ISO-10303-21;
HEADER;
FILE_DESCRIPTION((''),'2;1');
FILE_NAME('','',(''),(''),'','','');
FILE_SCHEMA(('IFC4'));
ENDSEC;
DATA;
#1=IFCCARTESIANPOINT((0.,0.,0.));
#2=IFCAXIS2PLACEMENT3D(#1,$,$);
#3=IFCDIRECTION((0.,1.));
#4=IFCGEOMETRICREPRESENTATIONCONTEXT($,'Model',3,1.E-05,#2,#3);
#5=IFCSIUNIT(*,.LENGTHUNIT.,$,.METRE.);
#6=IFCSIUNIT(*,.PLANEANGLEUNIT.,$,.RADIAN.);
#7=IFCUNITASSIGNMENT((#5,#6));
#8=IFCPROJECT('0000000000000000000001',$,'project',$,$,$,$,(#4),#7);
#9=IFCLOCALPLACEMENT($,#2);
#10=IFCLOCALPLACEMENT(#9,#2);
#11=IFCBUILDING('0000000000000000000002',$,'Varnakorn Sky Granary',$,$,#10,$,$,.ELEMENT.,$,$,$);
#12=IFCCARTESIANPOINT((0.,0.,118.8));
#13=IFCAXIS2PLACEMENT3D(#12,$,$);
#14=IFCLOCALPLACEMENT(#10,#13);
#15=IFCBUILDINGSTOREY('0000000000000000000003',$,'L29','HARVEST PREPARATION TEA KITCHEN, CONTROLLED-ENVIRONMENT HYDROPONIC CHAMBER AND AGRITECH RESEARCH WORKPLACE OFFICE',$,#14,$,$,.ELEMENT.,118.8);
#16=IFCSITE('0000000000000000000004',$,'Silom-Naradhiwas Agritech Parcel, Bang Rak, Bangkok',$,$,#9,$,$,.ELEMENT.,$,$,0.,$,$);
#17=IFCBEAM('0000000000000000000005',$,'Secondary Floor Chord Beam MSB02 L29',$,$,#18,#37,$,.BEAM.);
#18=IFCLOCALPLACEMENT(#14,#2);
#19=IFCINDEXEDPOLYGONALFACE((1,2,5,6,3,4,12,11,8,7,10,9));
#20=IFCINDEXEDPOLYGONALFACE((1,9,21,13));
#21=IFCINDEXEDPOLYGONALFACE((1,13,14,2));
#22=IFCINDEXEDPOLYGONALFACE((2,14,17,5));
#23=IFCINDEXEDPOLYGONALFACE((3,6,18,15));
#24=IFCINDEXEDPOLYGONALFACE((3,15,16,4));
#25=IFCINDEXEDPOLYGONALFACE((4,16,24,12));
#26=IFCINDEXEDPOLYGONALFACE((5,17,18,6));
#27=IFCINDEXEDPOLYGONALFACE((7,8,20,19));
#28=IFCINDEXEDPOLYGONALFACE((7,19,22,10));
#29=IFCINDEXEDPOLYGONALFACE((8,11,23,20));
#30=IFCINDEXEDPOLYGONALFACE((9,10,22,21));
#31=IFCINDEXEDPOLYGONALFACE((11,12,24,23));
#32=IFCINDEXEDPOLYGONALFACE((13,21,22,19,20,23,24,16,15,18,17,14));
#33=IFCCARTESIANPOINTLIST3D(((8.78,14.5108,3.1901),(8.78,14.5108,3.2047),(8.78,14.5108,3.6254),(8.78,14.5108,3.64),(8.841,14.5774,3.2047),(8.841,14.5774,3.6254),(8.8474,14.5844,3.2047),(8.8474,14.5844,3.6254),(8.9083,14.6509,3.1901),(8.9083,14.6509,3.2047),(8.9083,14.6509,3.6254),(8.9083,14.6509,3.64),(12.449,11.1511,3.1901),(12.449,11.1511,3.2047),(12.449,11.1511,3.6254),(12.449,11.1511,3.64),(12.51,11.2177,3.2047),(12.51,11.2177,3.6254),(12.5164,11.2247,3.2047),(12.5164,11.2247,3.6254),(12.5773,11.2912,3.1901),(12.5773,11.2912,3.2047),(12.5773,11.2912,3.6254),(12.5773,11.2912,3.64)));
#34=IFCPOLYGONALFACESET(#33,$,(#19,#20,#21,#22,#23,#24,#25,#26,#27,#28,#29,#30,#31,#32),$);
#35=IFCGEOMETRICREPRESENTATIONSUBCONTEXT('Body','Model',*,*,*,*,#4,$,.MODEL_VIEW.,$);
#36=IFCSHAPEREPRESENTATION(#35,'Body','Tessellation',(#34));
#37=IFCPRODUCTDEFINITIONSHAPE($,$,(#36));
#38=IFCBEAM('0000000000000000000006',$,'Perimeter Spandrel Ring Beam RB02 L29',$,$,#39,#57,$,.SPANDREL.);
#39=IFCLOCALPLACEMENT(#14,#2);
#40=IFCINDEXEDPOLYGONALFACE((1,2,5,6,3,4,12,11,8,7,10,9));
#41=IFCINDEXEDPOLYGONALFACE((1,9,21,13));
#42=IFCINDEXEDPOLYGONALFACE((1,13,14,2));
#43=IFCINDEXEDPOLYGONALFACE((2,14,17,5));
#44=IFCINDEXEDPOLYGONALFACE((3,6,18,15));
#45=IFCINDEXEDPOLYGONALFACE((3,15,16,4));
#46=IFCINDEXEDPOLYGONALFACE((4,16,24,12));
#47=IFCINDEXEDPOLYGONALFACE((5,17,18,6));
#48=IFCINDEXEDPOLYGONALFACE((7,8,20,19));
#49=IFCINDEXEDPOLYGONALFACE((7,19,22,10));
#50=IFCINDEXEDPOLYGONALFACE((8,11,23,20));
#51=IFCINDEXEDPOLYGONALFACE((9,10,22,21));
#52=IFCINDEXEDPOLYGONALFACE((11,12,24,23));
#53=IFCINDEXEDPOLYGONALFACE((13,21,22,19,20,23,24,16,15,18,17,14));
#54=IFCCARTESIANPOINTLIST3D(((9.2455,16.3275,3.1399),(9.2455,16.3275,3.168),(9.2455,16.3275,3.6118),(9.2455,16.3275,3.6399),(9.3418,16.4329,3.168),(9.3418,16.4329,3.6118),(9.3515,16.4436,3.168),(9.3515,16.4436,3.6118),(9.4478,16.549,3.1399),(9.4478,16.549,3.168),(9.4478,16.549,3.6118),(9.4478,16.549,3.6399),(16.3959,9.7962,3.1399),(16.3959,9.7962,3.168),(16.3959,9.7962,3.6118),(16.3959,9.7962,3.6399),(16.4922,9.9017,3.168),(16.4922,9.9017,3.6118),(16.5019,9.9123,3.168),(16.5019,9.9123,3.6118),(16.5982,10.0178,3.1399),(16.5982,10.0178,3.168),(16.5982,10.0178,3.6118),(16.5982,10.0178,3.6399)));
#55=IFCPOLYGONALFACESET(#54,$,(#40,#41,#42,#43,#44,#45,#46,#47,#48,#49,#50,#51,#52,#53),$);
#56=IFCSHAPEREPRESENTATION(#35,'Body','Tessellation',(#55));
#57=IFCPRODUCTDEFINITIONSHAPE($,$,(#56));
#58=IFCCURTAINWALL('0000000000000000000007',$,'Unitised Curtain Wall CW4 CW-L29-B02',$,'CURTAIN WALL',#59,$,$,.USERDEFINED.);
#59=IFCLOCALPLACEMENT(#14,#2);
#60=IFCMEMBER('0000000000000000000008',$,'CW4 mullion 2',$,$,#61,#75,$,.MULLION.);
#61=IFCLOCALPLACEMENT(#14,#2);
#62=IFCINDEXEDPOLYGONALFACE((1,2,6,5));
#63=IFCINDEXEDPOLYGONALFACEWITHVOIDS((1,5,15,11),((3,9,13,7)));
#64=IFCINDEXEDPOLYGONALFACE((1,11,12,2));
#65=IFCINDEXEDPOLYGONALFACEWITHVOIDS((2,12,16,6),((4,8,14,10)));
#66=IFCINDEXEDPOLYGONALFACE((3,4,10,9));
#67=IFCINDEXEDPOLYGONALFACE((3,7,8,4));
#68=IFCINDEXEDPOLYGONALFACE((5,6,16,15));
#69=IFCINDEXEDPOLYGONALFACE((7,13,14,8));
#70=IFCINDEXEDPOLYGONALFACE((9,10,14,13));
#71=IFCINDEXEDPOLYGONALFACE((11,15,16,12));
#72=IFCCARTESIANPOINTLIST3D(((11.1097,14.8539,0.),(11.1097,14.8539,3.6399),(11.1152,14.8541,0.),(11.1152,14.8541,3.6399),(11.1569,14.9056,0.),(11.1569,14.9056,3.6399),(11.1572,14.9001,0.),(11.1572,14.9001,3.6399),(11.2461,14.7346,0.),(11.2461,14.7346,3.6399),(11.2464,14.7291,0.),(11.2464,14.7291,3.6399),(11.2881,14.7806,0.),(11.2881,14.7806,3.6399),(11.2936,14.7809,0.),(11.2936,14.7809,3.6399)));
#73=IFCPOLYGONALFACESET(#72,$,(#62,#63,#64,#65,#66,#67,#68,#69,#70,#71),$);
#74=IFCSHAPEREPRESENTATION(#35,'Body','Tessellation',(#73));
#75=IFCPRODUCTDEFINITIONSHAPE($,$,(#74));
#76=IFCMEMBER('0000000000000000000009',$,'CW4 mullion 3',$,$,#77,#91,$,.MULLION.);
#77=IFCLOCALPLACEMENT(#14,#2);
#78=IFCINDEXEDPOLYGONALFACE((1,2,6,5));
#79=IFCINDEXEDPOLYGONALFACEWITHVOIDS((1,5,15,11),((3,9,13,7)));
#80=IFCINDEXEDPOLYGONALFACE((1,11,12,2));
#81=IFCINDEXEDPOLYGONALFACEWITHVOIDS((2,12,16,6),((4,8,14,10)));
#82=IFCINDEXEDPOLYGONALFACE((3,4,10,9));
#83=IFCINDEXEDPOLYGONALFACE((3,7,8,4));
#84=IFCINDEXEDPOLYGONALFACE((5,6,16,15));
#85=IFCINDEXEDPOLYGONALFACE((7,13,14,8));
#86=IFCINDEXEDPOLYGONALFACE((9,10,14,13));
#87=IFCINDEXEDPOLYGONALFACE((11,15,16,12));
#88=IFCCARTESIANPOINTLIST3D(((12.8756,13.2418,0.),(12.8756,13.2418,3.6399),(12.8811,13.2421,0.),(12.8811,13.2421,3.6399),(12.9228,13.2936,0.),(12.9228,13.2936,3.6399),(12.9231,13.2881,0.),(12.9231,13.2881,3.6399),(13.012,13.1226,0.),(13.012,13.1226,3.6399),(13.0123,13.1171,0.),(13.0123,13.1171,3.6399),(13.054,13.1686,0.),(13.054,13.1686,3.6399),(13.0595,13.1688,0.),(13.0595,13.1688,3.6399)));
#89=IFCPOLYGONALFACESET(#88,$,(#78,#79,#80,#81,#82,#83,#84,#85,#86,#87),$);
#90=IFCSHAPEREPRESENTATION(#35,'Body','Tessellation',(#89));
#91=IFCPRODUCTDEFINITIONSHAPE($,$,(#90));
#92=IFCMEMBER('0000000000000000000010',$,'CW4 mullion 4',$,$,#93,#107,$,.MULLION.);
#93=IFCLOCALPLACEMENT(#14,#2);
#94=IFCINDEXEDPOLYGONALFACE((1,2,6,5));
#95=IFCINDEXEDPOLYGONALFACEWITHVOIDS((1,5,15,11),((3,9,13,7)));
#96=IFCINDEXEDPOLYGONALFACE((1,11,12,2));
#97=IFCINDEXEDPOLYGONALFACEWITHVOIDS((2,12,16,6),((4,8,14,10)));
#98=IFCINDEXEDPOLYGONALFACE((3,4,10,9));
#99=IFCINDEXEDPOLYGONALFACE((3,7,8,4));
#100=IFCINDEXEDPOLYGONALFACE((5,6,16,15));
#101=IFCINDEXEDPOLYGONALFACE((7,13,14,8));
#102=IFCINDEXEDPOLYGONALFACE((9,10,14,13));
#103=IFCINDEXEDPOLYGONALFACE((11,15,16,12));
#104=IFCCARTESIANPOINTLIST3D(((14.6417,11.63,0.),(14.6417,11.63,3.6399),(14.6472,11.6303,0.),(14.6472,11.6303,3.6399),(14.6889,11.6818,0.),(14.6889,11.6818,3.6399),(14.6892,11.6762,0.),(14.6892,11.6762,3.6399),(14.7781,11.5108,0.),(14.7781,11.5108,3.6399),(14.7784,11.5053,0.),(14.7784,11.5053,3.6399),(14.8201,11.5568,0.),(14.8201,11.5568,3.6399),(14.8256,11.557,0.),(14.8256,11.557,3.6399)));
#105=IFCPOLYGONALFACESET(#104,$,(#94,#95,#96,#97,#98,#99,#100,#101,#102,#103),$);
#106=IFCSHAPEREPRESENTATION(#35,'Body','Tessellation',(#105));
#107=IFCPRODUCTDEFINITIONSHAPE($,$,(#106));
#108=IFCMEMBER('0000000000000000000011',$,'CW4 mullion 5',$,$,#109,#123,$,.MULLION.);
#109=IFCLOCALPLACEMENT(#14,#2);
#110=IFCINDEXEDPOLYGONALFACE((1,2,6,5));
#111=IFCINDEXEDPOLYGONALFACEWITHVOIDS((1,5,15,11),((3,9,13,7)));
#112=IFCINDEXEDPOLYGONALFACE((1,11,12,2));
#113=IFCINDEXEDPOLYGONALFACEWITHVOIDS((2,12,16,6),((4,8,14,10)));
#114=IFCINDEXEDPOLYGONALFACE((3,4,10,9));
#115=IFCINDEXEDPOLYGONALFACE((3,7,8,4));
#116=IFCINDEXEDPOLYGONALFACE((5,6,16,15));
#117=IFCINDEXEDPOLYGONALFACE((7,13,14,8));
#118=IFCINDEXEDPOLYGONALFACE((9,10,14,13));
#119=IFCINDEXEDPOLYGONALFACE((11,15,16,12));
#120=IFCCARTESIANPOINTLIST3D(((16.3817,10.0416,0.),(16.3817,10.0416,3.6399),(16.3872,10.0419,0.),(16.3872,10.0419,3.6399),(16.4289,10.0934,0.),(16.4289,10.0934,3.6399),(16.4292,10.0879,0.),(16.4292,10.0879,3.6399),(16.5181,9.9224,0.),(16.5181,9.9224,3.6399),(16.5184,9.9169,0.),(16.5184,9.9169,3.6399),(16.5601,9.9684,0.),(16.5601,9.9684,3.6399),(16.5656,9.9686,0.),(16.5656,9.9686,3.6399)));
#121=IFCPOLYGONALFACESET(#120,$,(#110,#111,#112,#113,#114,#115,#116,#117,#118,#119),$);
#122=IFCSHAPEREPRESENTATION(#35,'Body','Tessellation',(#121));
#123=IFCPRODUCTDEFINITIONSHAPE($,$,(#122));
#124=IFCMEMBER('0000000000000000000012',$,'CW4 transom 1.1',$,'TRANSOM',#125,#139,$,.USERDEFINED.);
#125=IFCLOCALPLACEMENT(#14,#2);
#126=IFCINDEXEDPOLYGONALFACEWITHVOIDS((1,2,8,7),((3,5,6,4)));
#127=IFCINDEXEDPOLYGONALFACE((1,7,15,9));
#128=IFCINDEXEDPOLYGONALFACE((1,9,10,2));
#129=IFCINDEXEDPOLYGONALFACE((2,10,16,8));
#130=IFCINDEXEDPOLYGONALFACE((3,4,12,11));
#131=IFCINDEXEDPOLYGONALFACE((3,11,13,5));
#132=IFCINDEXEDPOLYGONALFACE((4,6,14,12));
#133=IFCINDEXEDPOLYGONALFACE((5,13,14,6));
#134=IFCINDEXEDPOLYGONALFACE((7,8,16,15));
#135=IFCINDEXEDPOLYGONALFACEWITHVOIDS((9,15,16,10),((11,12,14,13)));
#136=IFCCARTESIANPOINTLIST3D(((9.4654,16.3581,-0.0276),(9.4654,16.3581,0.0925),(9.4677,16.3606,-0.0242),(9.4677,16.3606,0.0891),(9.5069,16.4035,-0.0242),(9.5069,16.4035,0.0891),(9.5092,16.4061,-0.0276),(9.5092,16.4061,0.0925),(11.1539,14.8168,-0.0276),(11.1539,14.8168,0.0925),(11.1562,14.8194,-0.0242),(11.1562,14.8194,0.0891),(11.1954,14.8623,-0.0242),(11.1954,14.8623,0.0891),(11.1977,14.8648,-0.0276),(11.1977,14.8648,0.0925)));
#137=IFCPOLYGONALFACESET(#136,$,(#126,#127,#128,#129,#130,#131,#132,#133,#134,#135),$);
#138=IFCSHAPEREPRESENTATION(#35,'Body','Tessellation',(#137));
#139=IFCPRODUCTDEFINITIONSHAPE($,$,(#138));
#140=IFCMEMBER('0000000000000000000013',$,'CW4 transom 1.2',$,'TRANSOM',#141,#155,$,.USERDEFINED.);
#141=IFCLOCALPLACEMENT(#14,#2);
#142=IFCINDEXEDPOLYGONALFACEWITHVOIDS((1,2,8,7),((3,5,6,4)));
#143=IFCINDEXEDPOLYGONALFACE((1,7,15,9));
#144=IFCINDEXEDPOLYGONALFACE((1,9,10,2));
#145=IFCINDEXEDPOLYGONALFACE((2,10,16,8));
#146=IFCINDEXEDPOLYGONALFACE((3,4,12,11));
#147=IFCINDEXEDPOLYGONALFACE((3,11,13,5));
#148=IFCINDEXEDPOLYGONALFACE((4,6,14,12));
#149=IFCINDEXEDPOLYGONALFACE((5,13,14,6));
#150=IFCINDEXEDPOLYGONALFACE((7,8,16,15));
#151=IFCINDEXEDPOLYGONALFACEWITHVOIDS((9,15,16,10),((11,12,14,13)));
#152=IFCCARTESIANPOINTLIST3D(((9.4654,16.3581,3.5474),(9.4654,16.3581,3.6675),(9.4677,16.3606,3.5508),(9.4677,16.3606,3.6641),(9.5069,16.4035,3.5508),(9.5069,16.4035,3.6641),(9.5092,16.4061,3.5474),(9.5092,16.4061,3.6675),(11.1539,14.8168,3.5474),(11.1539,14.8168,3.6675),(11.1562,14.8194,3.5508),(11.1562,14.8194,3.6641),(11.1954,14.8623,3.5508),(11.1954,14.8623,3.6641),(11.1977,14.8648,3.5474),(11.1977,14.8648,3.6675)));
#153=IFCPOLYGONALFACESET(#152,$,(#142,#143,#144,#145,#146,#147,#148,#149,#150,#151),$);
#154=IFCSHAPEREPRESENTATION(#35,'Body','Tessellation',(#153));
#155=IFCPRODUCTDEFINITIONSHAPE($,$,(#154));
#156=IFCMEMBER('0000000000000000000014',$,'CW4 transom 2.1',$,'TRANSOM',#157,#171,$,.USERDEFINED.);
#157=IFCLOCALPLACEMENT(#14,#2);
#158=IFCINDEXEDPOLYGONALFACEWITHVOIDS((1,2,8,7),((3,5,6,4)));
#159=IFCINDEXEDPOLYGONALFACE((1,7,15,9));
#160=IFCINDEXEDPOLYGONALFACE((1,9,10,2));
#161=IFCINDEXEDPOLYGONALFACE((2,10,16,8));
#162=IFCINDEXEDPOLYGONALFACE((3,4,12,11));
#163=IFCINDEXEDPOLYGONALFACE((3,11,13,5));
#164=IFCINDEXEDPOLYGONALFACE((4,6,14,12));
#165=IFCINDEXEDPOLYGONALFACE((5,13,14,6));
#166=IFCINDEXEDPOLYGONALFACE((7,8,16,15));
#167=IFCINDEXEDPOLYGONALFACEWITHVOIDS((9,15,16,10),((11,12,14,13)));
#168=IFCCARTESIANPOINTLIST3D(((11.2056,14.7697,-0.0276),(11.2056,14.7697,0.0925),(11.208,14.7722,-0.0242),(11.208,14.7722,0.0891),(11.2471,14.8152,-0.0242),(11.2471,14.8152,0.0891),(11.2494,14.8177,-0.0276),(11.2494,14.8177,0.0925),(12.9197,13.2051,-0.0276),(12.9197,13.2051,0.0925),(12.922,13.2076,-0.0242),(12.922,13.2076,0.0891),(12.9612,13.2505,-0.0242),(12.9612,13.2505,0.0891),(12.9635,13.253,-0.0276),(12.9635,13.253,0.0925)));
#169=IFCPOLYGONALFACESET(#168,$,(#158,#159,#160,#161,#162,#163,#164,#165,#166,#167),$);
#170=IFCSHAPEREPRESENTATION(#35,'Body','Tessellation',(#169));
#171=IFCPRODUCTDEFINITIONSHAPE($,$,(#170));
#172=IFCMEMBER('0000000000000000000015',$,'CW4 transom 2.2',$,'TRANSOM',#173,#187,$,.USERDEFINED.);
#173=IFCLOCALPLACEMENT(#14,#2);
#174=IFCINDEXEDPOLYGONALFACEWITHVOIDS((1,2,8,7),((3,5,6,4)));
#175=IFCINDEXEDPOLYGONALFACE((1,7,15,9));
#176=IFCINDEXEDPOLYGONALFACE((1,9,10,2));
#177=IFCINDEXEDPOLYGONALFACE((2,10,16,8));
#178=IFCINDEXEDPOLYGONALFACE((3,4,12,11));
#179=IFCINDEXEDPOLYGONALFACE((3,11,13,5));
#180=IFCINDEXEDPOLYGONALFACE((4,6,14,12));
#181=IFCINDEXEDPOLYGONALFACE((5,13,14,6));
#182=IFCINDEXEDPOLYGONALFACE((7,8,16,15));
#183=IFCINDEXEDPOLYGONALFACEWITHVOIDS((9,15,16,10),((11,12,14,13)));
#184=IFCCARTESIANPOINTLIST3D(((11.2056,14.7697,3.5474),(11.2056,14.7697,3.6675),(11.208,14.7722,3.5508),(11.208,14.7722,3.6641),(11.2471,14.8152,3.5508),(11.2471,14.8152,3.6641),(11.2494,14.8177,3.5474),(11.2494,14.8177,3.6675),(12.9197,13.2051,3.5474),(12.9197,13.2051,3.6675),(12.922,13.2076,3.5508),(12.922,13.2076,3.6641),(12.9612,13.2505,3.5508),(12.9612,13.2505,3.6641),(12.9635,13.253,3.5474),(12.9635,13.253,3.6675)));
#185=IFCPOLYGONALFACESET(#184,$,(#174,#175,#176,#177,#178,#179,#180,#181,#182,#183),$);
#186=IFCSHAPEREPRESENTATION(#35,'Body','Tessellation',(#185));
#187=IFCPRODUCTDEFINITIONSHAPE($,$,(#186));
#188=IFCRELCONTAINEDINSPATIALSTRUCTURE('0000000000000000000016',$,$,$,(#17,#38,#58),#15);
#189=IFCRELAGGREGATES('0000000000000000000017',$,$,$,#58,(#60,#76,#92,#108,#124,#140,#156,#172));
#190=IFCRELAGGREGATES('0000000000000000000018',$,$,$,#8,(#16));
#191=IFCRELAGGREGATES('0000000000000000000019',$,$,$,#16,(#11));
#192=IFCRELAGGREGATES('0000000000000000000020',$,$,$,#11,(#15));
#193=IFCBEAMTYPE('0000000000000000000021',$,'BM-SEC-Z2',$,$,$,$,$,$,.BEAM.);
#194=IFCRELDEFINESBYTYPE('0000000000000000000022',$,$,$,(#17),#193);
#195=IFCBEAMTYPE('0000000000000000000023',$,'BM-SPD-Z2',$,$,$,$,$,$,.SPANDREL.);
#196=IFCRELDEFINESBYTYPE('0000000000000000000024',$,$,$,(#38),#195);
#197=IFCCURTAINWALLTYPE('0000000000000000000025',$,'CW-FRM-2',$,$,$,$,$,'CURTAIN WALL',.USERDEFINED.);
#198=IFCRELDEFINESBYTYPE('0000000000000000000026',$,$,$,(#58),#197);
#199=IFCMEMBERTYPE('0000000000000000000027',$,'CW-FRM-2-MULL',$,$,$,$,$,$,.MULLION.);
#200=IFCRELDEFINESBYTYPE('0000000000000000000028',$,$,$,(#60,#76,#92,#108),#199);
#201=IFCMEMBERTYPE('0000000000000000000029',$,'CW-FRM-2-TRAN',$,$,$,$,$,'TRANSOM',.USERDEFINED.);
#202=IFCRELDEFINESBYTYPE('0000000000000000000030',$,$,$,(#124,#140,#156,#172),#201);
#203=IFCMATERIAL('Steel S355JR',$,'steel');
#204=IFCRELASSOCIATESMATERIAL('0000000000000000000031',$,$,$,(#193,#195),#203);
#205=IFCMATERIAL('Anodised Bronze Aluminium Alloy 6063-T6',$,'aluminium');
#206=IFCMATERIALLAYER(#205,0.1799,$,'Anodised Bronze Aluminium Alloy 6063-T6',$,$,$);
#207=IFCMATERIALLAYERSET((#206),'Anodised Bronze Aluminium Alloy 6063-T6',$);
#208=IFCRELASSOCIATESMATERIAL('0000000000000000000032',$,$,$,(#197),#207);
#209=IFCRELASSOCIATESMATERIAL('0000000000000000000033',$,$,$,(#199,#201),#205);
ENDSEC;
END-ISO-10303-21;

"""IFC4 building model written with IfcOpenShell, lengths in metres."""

from ifc_helpers import new_model, si_unit, direction, frame, origin, origin_2d, place, context, subcontext, project, spatial, hollow_rectangle, i_section, extrude, material, layer, layer_set, material_profile, profile_set, type_object, element, aggregate, save


model = new_model("IFC4")

# Units and contexts
model_context = context("Model", 3, precision=1e-05, world=origin(), true_north=direction((0.0, 1.0)))
body_context = subcontext(model_context, "Body", "Model", "MODEL_VIEW")
ifc_project = project(units=[si_unit("LENGTHUNIT", "METRE"), si_unit("PLANEANGLEUNIT", "RADIAN")], contexts=[model_context])

# Site, building, storey
site_placement = place(None, origin())
site = spatial("IfcSite", under=ifc_project, at=site_placement, Name="Silom-Naradhiwas Agritech Parcel, Bang Rak, Bangkok", CompositionType="ELEMENT", RefElevation=0.0)
building_placement = place(site_placement, origin())
building = spatial("IfcBuilding", under=site, at=building_placement, Name="Varnakorn Sky Granary", CompositionType="ELEMENT")
storey_placement = place(building_placement, frame((0.0, 0.0, 118.8)))
storey = spatial("IfcBuildingStorey", under=building, at=storey_placement, Name="L29", Description="HARVEST PREPARATION TEA KITCHEN, CONTROLLED-ENVIRONMENT HYDROPONIC CHAMBER AND AGRITECH RESEARCH WORKPLACE OFFICE", CompositionType="ELEMENT", Elevation=118.8)

# Beams
ifc_material_1 = material(Name="Steel S355JR", Category="steel")
ifc_material_profile_1 = material_profile(ifc_material_1, i_section(OverallWidth=0.1899, OverallDepth=0.45, WebThickness=0.0095, FlangeThickness=0.0146, at=origin_2d()), Name="IPE 450")
ifc_profile_set_1 = profile_set([ifc_material_profile_1], Name="Steel S355JR")
beam_type_1 = type_object("IfcBeamType", Name="BM-SEC-Z2", PredefinedType="BEAM", material=ifc_profile_set_1)
beam_1_placement = place(storey_placement, frame((12.5132, 11.2212, 3.415), z_axis=(-0.737513, 0.675333, 0.0), x_axis=(-0.675333, -0.737513, 0.0)))
element("IfcBeam", 1, at=beam_1_placement, inside=storey, type_object=beam_type_1, Name="Secondary Floor Chord Beam MSB02 L29", PredefinedType="BEAM", context=body_context, shape_type="SweptSolid", body=[
    extrude(i_section(OverallWidth=0.1899, OverallDepth=0.45, WebThickness=0.0095, FlangeThickness=0.0146, at=origin_2d()), origin(), (0.0, 0.0, 1.0), 4.9749),
])
ifc_material_profile_2 = material_profile(ifc_material_1, i_section(OverallWidth=0.3, OverallDepth=0.5, WebThickness=0.0144, FlangeThickness=0.0281, at=origin_2d()), Name="HE 500 B")
ifc_profile_set_2 = profile_set([ifc_material_profile_2], Name="Steel S355JR")
beam_type_2 = type_object("IfcBeamType", Name="BM-SPD-Z2", PredefinedType="SPANDREL", material=ifc_profile_set_2)
beam_2_placement = place(storey_placement, frame((16.4971, 9.907, 3.3899), z_axis=(-0.73835, 0.674418, 0.0), x_axis=(-0.674418, -0.73835, 0.0)))
element("IfcBeam", 2, at=beam_2_placement, inside=storey, type_object=beam_type_2, Name="Perimeter Spandrel Ring Beam RB02 L29", PredefinedType="SPANDREL", context=body_context, shape_type="SweptSolid", body=[
    extrude(i_section(OverallWidth=0.3, OverallDepth=0.5, WebThickness=0.0144, FlangeThickness=0.0281, at=origin_2d()), origin(), (0.0, 0.0, 1.0), 9.6843),
])

# Curtain wall, members
ifc_material_2 = material(Name="Anodised Bronze Aluminium Alloy 6063-T6", Category="aluminium")
ifc_layer_1 = layer(ifc_material_2, 0.1799, Name="Anodised Bronze Aluminium Alloy 6063-T6")
ifc_layer_set_1 = layer_set([ifc_layer_1], Name="Anodised Bronze Aluminium Alloy 6063-T6")
curtain_wall_type = type_object("IfcCurtainWallType", Name="CW-FRM-2", ElementType="CURTAIN WALL", PredefinedType="USERDEFINED", material=ifc_layer_set_1)
curtain_wall_placement = place(storey_placement, origin())
curtain_wall = element("IfcCurtainWall", 3, at=curtain_wall_placement, inside=storey, type_object=curtain_wall_type, Name="Unitised Curtain Wall CW4 CW-L29-B02", ObjectType="CURTAIN WALL", PredefinedType="USERDEFINED")
ifc_material_profile_3 = material_profile(ifc_material_2, hollow_rectangle(XDim=0.0701, YDim=0.1851, WallThickness=0.0039, at=origin_2d()), Name="ALU MULL 70x185")
ifc_profile_set_3 = profile_set([ifc_material_profile_3], Name="Anodised Bronze Aluminium Alloy 6063-T6")
member_type_1 = type_object("IfcMemberType", Name="CW-FRM-2-MULL", PredefinedType="MULLION", material=ifc_profile_set_3)
member_1_placement = place(storey_placement, frame((11.2017, 14.8174, 0.0), z_axis=(0.0, 0.0, 1.0), x_axis=(0.674153, 0.738592, 0.0)))
member_1 = element("IfcMember", 4, at=member_1_placement, type_object=member_type_1, Name="CW4 mullion 2", PredefinedType="MULLION", context=body_context, shape_type="SweptSolid", body=[
    extrude(hollow_rectangle(XDim=0.0701, YDim=0.1851, WallThickness=0.0039, at=origin_2d()), origin(), (0.0, 0.0, 1.0), 3.6399),
])
member_2_placement = place(storey_placement, frame((12.9675, 13.2053, 0.0), z_axis=(0.0, 0.0, 1.0), x_axis=(0.674153, 0.738592, 0.0)))
member_2 = element("IfcMember", 5, at=member_2_placement, type_object=member_type_1, Name="CW4 mullion 3", PredefinedType="MULLION", context=body_context, shape_type="SweptSolid", body=[
    extrude(hollow_rectangle(XDim=0.0701, YDim=0.1851, WallThickness=0.0039, at=origin_2d()), origin(), (0.0, 0.0, 1.0), 3.6399),
])
member_3_placement = place(storey_placement, frame((14.7336, 11.5935, 0.0), z_axis=(0.0, 0.0, 1.0), x_axis=(0.674153, 0.738592, 0.0)))
member_3 = element("IfcMember", 6, at=member_3_placement, type_object=member_type_1, Name="CW4 mullion 4", PredefinedType="MULLION", context=body_context, shape_type="SweptSolid", body=[
    extrude(hollow_rectangle(XDim=0.0701, YDim=0.1851, WallThickness=0.0039, at=origin_2d()), origin(), (0.0, 0.0, 1.0), 3.6399),
])
member_4_placement = place(storey_placement, frame((16.4736, 10.0051, 0.0), z_axis=(0.0, 0.0, 1.0), x_axis=(0.674153, 0.738592, 0.0)))
member_4 = element("IfcMember", 7, at=member_4_placement, type_object=member_type_1, Name="CW4 mullion 5", PredefinedType="MULLION", context=body_context, shape_type="SweptSolid", body=[
    extrude(hollow_rectangle(XDim=0.0701, YDim=0.1851, WallThickness=0.0039, at=origin_2d()), origin(), (0.0, 0.0, 1.0), 3.6399),
])
ifc_material_profile_4 = material_profile(ifc_material_2, hollow_rectangle(XDim=0.0649, YDim=0.1201, WallThickness=0.0034, at=origin_2d()), Name="ALU TRAN 65x120")
ifc_profile_set_4 = profile_set([ifc_material_profile_4], Name="Anodised Bronze Aluminium Alloy 6063-T6")
member_type_2 = type_object("IfcMemberType", Name="CW-FRM-2-TRAN", ElementType="TRANSOM", PredefinedType="USERDEFINED", material=ifc_profile_set_4)
member_5_placement = place(storey_placement, frame((9.4873, 16.3821, 0.0325), z_axis=(0.738571, -0.674176, 0.0), x_axis=(0.674176, 0.738571, 0.0)))
member_5 = element("IfcMember", 8, at=member_5_placement, type_object=member_type_2, Name="CW4 transom 1.1", ObjectType="TRANSOM", PredefinedType="USERDEFINED", context=body_context, shape_type="SweptSolid", body=[
    extrude(hollow_rectangle(XDim=0.0649, YDim=0.1201, WallThickness=0.0034, at=origin_2d()), origin(), (0.0, 0.0, 1.0), 2.2861),
])
member_6_placement = place(storey_placement, frame((9.4873, 16.3821, 3.6074), z_axis=(0.738571, -0.674176, 0.0), x_axis=(0.674176, 0.738571, 0.0)))
member_6 = element("IfcMember", 9, at=member_6_placement, type_object=member_type_2, Name="CW4 transom 1.2", ObjectType="TRANSOM", PredefinedType="USERDEFINED", context=body_context, shape_type="SweptSolid", body=[
    extrude(hollow_rectangle(XDim=0.0649, YDim=0.1201, WallThickness=0.0034, at=origin_2d()), origin(), (0.0, 0.0, 1.0), 2.2861),
])
member_7_placement = place(storey_placement, frame((11.2275, 14.7937, 0.0325), z_axis=(0.738563, -0.674185, 0.0), x_axis=(0.674185, 0.738563, 0.0)))
member_7 = element("IfcMember", 10, at=member_7_placement, type_object=member_type_2, Name="CW4 transom 2.1", ObjectType="TRANSOM", PredefinedType="USERDEFINED", context=body_context, shape_type="SweptSolid", body=[
    extrude(hollow_rectangle(XDim=0.0649, YDim=0.1201, WallThickness=0.0034, at=origin_2d()), origin(), (0.0, 0.0, 1.0), 2.3208),
])
member_8_placement = place(storey_placement, frame((11.2275, 14.7937, 3.6074), z_axis=(0.738563, -0.674185, 0.0), x_axis=(0.674185, 0.738563, 0.0)))
member_8 = element("IfcMember", 11, at=member_8_placement, type_object=member_type_2, Name="CW4 transom 2.2", ObjectType="TRANSOM", PredefinedType="USERDEFINED", context=body_context, shape_type="SweptSolid", body=[
    extrude(hollow_rectangle(XDim=0.0649, YDim=0.1201, WallThickness=0.0034, at=origin_2d()), origin(), (0.0, 0.0, 1.0), 2.3208),
])

aggregate(curtain_wall, [member_1, member_2, member_3, member_4, member_5, member_6, member_7, member_8])

save(model, "model.ifc")
